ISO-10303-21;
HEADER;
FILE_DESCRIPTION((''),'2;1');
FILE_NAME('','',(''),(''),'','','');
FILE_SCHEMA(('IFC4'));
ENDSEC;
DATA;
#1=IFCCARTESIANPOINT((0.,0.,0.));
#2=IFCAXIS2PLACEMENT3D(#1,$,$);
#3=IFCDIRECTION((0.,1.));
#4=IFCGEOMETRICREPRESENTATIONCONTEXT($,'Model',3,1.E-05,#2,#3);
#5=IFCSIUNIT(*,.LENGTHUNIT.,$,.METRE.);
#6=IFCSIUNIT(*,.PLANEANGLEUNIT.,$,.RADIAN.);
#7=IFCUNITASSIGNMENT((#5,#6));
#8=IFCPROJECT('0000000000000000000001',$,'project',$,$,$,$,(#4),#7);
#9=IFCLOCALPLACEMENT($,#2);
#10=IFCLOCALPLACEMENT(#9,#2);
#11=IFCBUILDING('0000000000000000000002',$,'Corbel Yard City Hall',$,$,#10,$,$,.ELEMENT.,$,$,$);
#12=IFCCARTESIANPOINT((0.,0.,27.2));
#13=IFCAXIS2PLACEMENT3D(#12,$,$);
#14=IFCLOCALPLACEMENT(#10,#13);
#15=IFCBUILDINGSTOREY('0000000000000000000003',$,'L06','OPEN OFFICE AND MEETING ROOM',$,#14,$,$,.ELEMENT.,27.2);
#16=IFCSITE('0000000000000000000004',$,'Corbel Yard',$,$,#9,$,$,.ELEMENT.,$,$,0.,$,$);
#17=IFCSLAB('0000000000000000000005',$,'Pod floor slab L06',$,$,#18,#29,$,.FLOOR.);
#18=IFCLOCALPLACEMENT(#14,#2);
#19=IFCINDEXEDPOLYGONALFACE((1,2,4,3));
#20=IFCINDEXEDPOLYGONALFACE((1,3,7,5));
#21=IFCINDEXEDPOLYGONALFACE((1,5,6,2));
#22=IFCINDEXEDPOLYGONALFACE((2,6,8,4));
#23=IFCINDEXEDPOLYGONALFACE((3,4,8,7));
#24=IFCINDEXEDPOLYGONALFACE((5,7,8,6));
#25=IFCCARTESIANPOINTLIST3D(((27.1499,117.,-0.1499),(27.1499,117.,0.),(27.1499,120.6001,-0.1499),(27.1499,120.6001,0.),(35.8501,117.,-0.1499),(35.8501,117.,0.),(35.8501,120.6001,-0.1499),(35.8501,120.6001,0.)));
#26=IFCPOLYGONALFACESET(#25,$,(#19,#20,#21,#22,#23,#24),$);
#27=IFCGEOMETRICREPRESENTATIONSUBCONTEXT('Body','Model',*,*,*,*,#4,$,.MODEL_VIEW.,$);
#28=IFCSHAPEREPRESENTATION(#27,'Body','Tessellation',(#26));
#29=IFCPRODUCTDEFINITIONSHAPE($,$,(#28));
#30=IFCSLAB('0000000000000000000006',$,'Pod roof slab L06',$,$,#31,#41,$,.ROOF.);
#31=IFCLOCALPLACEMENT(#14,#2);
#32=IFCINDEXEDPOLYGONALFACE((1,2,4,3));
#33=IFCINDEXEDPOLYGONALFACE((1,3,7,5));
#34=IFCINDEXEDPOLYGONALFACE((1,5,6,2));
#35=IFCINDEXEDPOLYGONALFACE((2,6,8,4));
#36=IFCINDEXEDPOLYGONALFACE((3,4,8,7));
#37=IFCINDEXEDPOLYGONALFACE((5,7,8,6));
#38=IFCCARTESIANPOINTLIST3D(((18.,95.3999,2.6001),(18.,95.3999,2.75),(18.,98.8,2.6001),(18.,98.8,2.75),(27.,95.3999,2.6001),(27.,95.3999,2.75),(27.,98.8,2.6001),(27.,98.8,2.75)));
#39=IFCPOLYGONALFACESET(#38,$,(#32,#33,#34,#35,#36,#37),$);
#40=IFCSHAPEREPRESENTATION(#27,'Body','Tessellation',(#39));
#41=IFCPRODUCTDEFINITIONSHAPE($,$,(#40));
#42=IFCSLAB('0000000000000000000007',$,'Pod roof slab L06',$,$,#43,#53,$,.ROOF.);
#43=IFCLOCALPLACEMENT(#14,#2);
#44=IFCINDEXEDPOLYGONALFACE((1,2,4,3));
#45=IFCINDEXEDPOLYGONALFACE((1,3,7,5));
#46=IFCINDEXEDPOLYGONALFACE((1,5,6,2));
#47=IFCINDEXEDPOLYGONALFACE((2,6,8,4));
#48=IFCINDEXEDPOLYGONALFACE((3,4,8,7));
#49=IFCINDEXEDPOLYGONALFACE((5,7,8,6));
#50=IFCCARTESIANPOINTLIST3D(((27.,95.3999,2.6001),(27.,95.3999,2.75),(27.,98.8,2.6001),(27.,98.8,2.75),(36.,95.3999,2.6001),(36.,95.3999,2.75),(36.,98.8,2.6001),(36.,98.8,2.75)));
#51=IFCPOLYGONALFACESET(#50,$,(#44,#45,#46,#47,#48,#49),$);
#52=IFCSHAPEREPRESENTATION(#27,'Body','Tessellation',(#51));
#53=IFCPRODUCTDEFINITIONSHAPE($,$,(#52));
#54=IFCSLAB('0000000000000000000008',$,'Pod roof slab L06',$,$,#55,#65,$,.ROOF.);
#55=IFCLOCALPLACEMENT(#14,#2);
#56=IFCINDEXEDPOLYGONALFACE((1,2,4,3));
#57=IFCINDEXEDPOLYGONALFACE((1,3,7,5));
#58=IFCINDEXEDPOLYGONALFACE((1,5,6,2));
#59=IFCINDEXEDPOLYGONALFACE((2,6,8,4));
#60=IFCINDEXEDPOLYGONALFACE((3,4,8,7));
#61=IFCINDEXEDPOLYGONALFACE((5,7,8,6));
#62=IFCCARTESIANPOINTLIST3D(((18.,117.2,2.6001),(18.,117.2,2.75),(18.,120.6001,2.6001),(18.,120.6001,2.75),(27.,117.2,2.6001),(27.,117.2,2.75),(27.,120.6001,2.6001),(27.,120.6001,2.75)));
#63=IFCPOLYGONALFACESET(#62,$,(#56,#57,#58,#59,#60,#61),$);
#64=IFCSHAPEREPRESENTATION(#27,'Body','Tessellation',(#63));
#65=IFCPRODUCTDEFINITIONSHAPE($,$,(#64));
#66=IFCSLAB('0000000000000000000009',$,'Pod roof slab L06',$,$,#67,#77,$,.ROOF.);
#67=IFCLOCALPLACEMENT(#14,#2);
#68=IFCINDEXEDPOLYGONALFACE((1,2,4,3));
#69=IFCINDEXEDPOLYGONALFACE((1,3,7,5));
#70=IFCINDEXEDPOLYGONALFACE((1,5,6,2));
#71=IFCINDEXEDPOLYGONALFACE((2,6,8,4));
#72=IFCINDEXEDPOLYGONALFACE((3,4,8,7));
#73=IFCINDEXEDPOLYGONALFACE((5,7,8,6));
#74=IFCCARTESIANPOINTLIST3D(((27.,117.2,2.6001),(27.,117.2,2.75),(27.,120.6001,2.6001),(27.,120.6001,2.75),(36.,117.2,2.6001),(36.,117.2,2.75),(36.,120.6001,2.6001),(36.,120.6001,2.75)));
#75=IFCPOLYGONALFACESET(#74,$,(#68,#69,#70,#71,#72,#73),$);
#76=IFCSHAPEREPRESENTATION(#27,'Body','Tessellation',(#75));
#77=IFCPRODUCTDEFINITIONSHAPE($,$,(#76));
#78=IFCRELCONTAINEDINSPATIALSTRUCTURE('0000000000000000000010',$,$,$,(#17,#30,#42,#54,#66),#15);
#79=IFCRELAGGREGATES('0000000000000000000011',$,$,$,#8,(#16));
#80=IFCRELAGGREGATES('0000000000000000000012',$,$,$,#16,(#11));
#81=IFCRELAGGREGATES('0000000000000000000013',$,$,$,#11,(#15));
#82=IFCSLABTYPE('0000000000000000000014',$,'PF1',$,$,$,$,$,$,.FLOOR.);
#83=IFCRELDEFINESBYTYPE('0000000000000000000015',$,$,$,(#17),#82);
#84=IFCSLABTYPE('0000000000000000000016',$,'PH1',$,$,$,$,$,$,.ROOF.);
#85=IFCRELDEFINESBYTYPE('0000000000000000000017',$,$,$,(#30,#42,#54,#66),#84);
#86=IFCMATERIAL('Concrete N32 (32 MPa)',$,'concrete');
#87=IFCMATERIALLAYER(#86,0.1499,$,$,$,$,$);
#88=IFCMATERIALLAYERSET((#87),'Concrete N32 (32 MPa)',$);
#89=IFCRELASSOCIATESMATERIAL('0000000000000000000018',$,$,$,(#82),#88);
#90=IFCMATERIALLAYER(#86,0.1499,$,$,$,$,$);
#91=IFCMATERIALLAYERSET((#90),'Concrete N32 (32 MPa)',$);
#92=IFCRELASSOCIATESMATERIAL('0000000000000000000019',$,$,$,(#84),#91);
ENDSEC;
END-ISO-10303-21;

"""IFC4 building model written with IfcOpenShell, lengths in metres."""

from ifc_helpers import new_model, si_unit, direction, frame, origin, place, context, subcontext, project, spatial, polyline, outline, extrude, material, layer, layer_set, type_object, element, save


model = new_model("IFC4")

# Units and contexts
model_context = context("Model", 3, precision=1e-05, world=origin(), true_north=direction((0.0, 1.0)))
body_context = subcontext(model_context, "Body", "Model", "MODEL_VIEW")
ifc_project = project(units=[si_unit("LENGTHUNIT", "METRE"), si_unit("PLANEANGLEUNIT", "RADIAN")], contexts=[model_context])

# Site, building, storey
site_placement = place(None, origin())
site = spatial("IfcSite", under=ifc_project, at=site_placement, Name="Corbel Yard", CompositionType="ELEMENT", RefElevation=0.0)
building_placement = place(site_placement, origin())
building = spatial("IfcBuilding", under=site, at=building_placement, Name="Corbel Yard City Hall", CompositionType="ELEMENT")
storey_placement = place(building_placement, frame((0.0, 0.0, 27.2)))
storey = spatial("IfcBuildingStorey", under=building, at=storey_placement, Name="L06", Description="OPEN OFFICE AND MEETING ROOM", CompositionType="ELEMENT", Elevation=27.2)

# Slabs
ifc_material_1 = material(Name="Concrete N32 (32 MPa)", Category="concrete")
ifc_layer_1 = layer(ifc_material_1, 0.1499)
ifc_layer_set_1 = layer_set([ifc_layer_1], Name="Concrete N32 (32 MPa)")
slab_type_1 = type_object("IfcSlabType", Name="PF1", PredefinedType="FLOOR", material=ifc_layer_set_1)
slab_1_placement = place(storey_placement, frame((0.0, 0.0, -0.1499)))
element("IfcSlab", 1, at=slab_1_placement, inside=storey, type_object=slab_type_1, Name="Pod floor slab L06", PredefinedType="FLOOR", context=body_context, shape_type="SweptSolid", body=[
    extrude(outline(polyline([(27.1499, 117.0), (35.8501, 117.0), (35.8501, 120.6001), (27.1499, 120.6001), (27.1499, 117.0)])), origin(), (0.0, 0.0, 1.0), 0.1499),
])
ifc_layer_2 = layer(ifc_material_1, 0.1499)
ifc_layer_set_2 = layer_set([ifc_layer_2], Name="Concrete N32 (32 MPa)")
slab_type_2 = type_object("IfcSlabType", Name="PH1", PredefinedType="ROOF", material=ifc_layer_set_2)
slab_2_placement = place(storey_placement, frame((0.0, 0.0, 2.6001)))
element("IfcSlab", 2, at=slab_2_placement, inside=storey, type_object=slab_type_2, Name="Pod roof slab L06", PredefinedType="ROOF", context=body_context, shape_type="SweptSolid", body=[
    extrude(outline(polyline([(18.0, 95.3999), (27.0, 95.3999), (27.0, 98.8), (18.0, 98.8), (18.0, 95.3999)])), origin(), (0.0, 0.0, 1.0), 0.1499),
])
slab_3_placement = place(storey_placement, frame((0.0, 0.0, 2.6001)))
element("IfcSlab", 3, at=slab_3_placement, inside=storey, type_object=slab_type_2, Name="Pod roof slab L06", PredefinedType="ROOF", context=body_context, shape_type="SweptSolid", body=[
    extrude(outline(polyline([(27.0, 95.3999), (36.0, 95.3999), (36.0, 98.8), (27.0, 98.8), (27.0, 95.3999)])), origin(), (0.0, 0.0, 1.0), 0.1499),
])
slab_4_placement = place(storey_placement, frame((0.0, 0.0, 2.6001)))
element("IfcSlab", 4, at=slab_4_placement, inside=storey, type_object=slab_type_2, Name="Pod roof slab L06", PredefinedType="ROOF", context=body_context, shape_type="SweptSolid", body=[
    extrude(outline(polyline([(18.0, 120.6001), (18.0, 117.2), (27.0, 117.2), (27.0, 120.6001), (18.0, 120.6001)])), origin(), (0.0, 0.0, 1.0), 0.1499),
])
slab_5_placement = place(storey_placement, frame((0.0, 0.0, 2.6001)))
element("IfcSlab", 5, at=slab_5_placement, inside=storey, type_object=slab_type_2, Name="Pod roof slab L06", PredefinedType="ROOF", context=body_context, shape_type="SweptSolid", body=[
    extrude(outline(polyline([(27.0, 120.6001), (27.0, 117.2), (36.0, 117.2), (36.0, 120.6001), (27.0, 120.6001)])), origin(), (0.0, 0.0, 1.0), 0.1499),
])

save(model, "model.ifc")
